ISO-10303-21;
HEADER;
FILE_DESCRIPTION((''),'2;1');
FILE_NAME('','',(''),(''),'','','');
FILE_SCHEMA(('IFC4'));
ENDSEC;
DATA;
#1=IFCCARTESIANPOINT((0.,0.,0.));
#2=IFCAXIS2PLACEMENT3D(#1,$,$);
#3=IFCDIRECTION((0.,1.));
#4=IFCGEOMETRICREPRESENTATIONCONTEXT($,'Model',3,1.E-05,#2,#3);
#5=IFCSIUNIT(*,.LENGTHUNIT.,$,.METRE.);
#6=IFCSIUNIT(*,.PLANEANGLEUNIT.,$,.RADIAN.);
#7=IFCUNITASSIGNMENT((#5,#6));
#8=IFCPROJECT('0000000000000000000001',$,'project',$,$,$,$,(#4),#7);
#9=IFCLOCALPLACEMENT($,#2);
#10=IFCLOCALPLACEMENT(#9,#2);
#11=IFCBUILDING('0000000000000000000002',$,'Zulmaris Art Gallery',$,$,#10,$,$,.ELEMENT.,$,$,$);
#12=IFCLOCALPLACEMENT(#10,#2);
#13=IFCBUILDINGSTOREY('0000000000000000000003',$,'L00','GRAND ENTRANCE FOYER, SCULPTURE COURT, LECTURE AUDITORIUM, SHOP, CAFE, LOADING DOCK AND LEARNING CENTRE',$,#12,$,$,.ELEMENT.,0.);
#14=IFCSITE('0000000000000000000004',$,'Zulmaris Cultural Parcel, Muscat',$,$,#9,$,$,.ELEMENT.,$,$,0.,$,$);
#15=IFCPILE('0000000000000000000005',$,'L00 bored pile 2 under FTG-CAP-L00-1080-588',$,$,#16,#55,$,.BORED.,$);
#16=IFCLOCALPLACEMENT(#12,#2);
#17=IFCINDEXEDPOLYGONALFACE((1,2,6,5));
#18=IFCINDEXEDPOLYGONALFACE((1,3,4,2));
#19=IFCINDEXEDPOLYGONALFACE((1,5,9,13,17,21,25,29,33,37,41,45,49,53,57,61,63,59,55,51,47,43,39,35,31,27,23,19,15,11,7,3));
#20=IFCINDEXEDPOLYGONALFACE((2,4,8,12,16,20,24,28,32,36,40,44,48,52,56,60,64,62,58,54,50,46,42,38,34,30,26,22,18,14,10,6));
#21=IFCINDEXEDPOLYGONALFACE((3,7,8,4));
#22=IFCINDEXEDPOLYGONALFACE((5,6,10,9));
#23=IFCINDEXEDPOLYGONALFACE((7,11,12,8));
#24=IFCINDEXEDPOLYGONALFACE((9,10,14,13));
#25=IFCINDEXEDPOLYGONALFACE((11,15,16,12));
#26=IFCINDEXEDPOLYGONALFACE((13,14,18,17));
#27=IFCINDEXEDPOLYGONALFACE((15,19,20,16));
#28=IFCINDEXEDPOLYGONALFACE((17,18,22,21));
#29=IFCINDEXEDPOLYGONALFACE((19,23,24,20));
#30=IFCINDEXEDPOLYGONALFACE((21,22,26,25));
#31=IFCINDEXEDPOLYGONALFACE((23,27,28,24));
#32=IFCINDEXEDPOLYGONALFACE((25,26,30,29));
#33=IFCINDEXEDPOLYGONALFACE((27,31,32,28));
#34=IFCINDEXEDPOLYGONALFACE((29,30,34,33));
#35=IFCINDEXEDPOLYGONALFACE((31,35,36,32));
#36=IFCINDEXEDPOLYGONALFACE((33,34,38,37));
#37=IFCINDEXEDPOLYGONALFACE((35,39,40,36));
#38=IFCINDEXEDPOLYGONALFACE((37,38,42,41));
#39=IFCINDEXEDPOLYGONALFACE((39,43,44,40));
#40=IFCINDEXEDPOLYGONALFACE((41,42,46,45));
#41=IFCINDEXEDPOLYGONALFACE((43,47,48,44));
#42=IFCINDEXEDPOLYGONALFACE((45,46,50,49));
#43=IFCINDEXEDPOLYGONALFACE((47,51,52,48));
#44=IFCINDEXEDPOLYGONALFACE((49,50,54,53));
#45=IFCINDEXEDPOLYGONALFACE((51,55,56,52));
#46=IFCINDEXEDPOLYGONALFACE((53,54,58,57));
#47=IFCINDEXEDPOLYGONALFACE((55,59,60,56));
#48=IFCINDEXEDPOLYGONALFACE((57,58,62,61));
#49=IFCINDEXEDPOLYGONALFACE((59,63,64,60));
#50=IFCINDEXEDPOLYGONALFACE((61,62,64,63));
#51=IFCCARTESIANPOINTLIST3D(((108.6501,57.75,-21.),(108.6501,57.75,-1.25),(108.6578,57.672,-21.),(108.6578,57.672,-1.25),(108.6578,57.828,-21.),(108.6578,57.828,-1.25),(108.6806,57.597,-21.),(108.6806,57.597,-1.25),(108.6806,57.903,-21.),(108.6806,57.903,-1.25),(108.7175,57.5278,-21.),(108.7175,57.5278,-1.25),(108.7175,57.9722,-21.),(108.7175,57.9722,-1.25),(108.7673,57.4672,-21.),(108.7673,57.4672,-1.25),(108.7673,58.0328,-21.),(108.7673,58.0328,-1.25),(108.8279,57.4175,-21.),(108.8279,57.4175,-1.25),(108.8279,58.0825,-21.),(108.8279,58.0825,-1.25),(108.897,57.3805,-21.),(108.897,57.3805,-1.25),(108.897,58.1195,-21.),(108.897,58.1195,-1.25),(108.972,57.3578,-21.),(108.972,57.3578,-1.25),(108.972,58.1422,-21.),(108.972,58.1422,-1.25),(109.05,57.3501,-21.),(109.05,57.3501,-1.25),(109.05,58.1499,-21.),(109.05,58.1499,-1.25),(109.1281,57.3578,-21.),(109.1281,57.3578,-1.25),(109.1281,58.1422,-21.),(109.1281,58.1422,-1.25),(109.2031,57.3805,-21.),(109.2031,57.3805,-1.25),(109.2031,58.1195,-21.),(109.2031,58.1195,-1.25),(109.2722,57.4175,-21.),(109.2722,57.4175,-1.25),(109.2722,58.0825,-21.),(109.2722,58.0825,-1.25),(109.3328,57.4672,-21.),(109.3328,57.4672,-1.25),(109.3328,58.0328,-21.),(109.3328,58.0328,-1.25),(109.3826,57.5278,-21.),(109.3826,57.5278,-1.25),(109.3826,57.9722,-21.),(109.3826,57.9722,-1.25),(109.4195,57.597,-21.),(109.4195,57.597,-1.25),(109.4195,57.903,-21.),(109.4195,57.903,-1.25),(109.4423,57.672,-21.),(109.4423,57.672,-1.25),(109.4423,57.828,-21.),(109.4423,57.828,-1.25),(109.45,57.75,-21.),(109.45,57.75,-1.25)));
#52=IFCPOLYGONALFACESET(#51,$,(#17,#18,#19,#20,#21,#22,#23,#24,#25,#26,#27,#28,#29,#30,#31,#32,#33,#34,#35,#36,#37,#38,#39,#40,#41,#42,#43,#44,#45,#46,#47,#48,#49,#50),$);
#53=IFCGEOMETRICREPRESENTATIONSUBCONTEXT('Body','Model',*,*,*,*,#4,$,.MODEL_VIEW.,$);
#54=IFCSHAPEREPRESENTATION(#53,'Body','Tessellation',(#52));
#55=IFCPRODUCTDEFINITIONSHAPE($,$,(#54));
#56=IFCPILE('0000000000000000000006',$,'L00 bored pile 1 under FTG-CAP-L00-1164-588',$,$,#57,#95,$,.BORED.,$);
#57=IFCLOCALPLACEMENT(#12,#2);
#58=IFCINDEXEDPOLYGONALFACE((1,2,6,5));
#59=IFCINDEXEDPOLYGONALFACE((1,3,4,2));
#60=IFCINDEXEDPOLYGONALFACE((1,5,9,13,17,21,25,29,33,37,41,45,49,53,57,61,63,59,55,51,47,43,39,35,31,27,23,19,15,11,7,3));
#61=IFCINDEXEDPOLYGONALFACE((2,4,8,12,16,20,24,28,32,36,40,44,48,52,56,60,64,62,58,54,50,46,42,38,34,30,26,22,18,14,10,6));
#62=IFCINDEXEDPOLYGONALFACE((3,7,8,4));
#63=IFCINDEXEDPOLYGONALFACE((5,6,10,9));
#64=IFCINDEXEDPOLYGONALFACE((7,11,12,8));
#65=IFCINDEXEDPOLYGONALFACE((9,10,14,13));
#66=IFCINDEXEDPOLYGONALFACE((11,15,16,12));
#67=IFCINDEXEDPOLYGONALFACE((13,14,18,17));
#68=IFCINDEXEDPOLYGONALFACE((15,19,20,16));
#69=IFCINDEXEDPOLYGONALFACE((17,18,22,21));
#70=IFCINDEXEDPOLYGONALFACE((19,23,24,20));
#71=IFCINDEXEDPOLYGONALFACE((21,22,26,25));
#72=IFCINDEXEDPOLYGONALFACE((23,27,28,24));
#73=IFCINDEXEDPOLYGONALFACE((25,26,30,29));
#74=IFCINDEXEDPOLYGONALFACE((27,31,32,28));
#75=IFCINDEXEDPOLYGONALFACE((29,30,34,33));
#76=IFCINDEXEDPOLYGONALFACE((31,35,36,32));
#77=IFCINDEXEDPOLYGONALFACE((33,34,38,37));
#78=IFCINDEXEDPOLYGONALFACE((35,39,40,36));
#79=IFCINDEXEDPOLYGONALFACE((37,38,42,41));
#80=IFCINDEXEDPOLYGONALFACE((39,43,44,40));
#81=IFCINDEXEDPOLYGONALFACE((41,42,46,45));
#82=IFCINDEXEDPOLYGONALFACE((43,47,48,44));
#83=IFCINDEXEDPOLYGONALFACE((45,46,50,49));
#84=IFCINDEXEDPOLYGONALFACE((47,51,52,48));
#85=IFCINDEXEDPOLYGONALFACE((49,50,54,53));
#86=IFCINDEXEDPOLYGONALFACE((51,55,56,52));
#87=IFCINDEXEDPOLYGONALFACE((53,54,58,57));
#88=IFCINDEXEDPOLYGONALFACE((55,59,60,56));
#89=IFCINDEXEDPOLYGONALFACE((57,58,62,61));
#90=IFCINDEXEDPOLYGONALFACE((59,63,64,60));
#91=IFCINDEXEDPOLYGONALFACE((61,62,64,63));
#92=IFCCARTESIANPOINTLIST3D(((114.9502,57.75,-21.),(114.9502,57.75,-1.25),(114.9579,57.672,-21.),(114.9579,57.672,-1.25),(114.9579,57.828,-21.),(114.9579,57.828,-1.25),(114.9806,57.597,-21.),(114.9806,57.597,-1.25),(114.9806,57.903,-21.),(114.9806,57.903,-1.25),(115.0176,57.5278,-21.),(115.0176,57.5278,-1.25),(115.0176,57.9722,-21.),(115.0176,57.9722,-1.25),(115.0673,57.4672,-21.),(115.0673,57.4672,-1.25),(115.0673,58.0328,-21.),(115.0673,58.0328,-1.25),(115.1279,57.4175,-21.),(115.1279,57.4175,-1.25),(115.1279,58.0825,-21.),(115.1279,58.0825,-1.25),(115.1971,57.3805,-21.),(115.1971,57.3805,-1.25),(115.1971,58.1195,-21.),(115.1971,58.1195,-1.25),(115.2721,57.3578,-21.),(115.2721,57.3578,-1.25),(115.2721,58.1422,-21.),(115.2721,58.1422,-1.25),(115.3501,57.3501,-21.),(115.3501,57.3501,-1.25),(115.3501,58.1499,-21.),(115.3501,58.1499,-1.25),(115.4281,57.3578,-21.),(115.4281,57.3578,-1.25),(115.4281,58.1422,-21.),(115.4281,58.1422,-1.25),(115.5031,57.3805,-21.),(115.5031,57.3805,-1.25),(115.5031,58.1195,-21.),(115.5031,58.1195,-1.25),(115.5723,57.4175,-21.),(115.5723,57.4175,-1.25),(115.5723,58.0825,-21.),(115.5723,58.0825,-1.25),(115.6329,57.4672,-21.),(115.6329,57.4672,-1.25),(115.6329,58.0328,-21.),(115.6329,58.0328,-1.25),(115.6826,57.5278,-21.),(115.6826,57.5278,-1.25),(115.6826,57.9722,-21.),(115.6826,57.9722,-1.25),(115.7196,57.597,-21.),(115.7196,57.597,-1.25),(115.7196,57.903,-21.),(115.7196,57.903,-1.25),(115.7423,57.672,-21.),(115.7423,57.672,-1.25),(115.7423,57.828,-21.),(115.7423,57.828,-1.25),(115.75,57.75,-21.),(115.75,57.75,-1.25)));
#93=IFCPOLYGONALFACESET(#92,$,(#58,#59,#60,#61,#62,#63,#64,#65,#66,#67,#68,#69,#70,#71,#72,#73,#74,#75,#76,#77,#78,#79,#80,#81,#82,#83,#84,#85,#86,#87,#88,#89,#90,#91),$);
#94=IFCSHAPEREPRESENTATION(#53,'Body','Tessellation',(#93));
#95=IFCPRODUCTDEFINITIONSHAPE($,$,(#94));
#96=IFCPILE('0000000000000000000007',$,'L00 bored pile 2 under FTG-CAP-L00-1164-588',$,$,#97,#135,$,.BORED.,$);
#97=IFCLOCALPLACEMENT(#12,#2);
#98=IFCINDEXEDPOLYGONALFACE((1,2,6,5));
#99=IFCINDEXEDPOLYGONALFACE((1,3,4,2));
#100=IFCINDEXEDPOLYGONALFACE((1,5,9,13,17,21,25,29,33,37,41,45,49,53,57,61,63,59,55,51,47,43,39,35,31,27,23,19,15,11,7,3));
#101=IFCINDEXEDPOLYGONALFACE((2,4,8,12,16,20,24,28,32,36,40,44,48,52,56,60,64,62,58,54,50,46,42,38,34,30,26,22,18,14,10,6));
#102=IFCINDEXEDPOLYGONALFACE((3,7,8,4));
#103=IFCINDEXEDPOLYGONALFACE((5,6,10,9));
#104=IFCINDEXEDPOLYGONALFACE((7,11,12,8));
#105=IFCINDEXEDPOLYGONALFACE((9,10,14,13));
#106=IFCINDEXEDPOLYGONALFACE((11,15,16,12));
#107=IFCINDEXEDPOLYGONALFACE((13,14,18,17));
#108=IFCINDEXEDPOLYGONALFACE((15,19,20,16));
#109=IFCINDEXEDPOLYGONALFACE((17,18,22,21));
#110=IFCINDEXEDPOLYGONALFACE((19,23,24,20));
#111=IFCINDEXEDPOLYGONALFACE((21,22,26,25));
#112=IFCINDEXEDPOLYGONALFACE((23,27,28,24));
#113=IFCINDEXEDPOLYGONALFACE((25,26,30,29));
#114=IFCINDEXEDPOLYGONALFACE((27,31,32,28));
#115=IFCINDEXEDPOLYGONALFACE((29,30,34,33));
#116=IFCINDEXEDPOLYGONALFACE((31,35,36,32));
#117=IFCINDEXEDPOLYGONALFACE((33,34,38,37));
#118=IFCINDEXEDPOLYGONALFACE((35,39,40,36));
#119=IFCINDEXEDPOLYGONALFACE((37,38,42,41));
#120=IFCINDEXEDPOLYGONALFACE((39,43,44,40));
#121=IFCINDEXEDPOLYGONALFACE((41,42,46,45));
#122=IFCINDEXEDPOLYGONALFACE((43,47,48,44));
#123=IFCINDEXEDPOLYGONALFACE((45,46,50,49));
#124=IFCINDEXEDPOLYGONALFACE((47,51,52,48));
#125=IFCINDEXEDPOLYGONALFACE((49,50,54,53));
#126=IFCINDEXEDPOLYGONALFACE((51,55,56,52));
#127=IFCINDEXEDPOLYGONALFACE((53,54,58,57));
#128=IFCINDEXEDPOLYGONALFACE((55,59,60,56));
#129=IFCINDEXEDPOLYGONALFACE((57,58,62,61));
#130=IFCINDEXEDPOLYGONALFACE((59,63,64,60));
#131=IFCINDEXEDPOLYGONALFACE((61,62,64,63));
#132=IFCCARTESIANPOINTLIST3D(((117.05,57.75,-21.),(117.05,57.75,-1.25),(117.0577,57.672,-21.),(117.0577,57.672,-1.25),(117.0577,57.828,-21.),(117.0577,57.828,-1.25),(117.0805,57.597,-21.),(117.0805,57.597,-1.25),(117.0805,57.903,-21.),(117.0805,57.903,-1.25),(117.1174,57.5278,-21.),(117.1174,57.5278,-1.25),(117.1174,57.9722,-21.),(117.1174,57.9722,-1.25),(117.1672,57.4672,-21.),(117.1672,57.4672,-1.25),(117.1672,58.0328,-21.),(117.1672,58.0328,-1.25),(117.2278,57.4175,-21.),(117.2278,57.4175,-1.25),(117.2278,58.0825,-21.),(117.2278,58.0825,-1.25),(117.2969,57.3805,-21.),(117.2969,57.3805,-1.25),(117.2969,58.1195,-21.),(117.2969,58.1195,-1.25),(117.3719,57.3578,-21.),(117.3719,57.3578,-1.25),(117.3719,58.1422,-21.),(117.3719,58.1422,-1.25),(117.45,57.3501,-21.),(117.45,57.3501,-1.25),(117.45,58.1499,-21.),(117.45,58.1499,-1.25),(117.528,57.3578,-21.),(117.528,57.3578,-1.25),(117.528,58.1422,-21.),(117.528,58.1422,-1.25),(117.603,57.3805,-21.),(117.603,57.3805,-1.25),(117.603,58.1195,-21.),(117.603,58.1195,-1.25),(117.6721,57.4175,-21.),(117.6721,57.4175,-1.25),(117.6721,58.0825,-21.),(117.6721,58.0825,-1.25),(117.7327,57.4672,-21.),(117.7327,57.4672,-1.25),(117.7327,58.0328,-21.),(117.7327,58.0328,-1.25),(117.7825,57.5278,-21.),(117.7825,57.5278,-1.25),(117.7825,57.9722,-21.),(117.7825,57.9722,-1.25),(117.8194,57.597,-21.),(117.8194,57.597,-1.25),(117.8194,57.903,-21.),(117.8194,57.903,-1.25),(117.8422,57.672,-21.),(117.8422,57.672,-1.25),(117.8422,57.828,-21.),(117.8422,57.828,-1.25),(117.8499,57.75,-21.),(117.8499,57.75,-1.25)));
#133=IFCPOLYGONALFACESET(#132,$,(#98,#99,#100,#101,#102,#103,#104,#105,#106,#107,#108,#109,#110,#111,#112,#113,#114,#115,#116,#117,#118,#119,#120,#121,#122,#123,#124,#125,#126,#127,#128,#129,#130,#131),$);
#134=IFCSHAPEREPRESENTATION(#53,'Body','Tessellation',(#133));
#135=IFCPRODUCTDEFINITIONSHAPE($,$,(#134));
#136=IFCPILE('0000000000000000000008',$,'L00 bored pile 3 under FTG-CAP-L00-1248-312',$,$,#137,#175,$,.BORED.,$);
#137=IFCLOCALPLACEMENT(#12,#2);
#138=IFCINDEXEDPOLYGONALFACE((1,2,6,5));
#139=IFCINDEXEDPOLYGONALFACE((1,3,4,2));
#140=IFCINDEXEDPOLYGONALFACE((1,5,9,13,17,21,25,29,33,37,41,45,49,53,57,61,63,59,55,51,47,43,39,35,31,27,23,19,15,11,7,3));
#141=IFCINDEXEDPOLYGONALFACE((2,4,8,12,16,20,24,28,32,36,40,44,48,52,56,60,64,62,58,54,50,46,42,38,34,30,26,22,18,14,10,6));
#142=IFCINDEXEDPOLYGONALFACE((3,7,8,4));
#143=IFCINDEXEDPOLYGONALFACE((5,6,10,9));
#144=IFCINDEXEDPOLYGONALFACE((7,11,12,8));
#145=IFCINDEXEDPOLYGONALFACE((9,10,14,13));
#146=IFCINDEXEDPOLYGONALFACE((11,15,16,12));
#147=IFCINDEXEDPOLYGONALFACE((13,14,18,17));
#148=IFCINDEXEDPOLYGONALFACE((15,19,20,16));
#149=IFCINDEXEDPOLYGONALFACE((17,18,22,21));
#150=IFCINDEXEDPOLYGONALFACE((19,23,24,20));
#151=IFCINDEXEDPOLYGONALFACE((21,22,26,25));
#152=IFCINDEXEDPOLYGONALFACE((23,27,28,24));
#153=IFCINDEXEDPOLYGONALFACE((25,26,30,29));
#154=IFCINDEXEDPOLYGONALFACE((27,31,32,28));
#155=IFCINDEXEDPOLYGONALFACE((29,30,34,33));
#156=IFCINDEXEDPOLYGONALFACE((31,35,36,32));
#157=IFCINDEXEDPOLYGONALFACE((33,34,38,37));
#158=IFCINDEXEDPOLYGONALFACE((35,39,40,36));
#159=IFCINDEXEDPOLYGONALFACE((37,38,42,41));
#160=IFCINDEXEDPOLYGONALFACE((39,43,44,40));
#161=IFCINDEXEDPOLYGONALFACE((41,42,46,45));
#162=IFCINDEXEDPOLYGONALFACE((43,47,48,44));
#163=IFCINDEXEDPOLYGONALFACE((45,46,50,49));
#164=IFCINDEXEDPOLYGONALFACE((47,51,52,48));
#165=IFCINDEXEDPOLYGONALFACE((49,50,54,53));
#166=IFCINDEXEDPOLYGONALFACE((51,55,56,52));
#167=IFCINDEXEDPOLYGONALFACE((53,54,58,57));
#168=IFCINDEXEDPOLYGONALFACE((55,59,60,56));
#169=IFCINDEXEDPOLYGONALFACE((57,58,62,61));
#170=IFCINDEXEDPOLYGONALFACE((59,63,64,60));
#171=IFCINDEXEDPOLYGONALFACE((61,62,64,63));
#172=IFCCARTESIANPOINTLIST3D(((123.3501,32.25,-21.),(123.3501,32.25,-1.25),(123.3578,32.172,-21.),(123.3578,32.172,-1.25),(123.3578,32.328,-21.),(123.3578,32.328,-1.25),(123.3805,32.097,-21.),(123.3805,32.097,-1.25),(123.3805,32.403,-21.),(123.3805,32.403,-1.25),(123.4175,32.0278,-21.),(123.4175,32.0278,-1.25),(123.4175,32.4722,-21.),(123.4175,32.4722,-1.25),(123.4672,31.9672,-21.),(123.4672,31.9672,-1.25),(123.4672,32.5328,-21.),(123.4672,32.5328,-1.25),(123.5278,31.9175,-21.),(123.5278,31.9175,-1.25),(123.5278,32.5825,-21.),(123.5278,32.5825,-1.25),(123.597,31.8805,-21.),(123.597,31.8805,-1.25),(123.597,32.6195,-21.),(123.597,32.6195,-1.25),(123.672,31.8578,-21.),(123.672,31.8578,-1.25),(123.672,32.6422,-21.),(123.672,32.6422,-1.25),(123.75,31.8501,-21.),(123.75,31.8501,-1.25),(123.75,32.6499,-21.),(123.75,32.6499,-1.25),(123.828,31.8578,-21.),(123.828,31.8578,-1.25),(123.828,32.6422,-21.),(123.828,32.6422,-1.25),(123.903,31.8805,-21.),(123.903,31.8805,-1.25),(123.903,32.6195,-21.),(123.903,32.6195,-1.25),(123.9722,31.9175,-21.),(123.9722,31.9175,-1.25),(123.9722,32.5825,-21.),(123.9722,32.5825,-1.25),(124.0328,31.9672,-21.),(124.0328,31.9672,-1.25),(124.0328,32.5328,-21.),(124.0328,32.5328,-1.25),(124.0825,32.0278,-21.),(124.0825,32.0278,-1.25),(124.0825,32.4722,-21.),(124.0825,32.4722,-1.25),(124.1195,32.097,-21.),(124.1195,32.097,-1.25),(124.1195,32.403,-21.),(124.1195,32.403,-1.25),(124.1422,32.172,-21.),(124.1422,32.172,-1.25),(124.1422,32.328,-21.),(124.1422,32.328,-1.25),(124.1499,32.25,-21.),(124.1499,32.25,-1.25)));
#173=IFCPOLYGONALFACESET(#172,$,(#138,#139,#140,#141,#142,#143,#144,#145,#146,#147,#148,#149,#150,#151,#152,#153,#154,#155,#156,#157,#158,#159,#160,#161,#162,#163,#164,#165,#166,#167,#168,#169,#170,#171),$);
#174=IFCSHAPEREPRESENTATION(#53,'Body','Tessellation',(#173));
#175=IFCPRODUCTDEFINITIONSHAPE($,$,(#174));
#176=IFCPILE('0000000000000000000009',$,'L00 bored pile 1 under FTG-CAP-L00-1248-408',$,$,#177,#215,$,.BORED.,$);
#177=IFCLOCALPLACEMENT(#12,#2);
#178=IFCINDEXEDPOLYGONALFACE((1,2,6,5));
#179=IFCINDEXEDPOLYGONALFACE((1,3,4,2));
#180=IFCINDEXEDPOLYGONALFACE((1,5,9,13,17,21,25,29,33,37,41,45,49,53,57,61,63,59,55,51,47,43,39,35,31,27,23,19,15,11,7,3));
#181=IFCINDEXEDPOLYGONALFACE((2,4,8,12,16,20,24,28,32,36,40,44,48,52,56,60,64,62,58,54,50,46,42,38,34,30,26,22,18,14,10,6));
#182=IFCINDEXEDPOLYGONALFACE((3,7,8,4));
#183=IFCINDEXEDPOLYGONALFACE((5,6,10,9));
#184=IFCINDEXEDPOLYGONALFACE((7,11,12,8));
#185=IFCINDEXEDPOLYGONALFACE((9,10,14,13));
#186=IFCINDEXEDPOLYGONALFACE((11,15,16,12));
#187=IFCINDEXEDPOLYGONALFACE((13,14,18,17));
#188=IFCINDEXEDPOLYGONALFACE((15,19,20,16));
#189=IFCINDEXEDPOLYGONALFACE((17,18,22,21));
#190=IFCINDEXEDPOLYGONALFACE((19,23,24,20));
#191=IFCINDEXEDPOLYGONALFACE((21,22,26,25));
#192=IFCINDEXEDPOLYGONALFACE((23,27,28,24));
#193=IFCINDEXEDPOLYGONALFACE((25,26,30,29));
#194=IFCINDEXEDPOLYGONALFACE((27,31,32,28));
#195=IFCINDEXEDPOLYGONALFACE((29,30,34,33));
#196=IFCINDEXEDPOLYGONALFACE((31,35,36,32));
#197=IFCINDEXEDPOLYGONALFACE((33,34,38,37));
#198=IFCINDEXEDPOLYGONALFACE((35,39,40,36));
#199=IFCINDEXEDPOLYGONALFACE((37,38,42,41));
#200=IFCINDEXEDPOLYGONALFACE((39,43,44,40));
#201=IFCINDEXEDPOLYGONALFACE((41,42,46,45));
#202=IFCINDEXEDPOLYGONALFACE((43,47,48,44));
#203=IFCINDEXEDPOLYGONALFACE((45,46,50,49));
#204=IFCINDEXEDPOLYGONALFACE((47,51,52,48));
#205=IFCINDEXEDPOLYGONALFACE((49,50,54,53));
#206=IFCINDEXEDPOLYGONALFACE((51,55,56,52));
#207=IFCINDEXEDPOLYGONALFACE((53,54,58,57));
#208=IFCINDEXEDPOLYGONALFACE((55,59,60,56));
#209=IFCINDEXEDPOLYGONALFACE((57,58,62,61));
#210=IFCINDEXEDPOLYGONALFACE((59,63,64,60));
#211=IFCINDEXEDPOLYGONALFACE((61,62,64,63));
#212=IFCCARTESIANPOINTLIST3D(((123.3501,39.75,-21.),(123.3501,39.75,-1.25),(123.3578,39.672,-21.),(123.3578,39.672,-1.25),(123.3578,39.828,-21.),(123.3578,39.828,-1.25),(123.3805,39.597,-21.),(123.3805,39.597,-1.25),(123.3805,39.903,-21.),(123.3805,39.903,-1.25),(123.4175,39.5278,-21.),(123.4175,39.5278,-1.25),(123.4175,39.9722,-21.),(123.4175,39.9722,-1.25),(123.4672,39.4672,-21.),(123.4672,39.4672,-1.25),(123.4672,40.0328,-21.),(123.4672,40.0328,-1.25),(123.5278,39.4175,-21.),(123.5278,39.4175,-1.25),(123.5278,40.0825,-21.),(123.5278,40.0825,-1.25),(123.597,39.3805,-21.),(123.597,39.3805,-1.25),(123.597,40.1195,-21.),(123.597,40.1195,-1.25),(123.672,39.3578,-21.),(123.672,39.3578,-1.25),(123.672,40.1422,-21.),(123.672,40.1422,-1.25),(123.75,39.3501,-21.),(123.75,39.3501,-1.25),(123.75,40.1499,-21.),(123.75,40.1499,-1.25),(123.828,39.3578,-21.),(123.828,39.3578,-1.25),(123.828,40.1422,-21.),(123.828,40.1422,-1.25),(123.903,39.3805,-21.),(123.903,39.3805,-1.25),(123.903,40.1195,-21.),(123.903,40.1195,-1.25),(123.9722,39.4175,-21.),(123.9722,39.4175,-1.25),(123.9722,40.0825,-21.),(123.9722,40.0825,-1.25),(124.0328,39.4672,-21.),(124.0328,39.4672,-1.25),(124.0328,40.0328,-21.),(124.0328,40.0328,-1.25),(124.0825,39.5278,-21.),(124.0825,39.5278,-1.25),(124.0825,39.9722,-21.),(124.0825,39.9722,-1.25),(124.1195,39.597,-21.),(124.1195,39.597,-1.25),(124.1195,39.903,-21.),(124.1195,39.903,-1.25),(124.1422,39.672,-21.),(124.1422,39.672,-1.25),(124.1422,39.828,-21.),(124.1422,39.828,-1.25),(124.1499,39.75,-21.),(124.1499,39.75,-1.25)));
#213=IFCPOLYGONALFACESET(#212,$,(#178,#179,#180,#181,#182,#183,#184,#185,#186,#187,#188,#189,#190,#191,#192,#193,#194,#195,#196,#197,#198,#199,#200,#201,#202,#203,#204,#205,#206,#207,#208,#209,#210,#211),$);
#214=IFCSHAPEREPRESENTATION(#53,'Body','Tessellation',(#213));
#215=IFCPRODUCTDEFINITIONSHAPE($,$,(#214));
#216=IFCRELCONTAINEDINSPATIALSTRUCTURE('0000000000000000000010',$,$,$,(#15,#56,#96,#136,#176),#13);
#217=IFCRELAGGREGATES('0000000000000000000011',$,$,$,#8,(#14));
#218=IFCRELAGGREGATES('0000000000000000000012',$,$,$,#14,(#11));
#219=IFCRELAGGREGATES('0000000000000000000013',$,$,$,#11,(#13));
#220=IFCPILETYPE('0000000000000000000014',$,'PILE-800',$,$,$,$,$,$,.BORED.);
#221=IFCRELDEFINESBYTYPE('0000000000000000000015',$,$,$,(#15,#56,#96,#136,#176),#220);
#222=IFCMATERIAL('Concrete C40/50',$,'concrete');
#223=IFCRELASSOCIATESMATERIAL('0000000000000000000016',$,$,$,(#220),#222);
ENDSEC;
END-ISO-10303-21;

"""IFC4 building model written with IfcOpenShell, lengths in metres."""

from ifc_helpers import new_model, si_unit, direction, frame, origin, origin_2d, place, context, subcontext, project, spatial, circle, extrude, material, material_profile, profile_set, type_object, element, save


model = new_model("IFC4")

# Units and contexts
model_context = context("Model", 3, precision=1e-05, world=origin(), true_north=direction((0.0, 1.0)))
body_context = subcontext(model_context, "Body", "Model", "MODEL_VIEW")
ifc_project = project(units=[si_unit("LENGTHUNIT", "METRE"), si_unit("PLANEANGLEUNIT", "RADIAN")], contexts=[model_context])

# Site, building, storey
site_placement = place(None, origin())
site = spatial("IfcSite", under=ifc_project, at=site_placement, Name="Zulmaris Cultural Parcel, Muscat", CompositionType="ELEMENT", RefElevation=0.0)
building_placement = place(site_placement, origin())
building = spatial("IfcBuilding", under=site, at=building_placement, Name="Zulmaris Art Gallery", CompositionType="ELEMENT")
storey_placement = place(building_placement, origin())
storey = spatial("IfcBuildingStorey", under=building, at=storey_placement, Name="L00", Description="GRAND ENTRANCE FOYER, SCULPTURE COURT, LECTURE AUDITORIUM, SHOP, CAFE, LOADING DOCK AND LEARNING CENTRE", CompositionType="ELEMENT", Elevation=0.0)

# Piles
ifc_material_1 = material(Name="Concrete C40/50", Category="concrete")
ifc_material_profile_1 = material_profile(ifc_material_1, circle(Radius=0.3999, at=origin_2d()), Name="PILE DIA 800")
ifc_profile_set_1 = profile_set([ifc_material_profile_1], Name="Concrete C40/50")
pile_type = type_object("IfcPileType", Name="PILE-800", PredefinedType="BORED", material=ifc_profile_set_1)
for number, where, z_axis, x_axis, name in (
    (1, (109.05, 57.75, -1.25), (0.0, 0.0, -1.0), (1.0, 0.0, 0.0), "L00 bored pile 2 under FTG-CAP-L00-1080-588"),
    (2, (115.3501, 57.75, -1.25), (0.0, 0.0, -1.0), (1.0, 0.0, 0.0), "L00 bored pile 1 under FTG-CAP-L00-1164-588"),
    (3, (117.45, 57.75, -1.25), (0.0, 0.0, -1.0), (1.0, 0.0, 0.0), "L00 bored pile 2 under FTG-CAP-L00-1164-588"),
    (4, (123.75, 32.25, -1.25), (0.0, 0.0, -1.0), (1.0, 0.0, 0.0), "L00 bored pile 3 under FTG-CAP-L00-1248-312"),
    (5, (123.75, 39.75, -1.25), (0.0, 0.0, -1.0), (1.0, 0.0, 0.0), "L00 bored pile 1 under FTG-CAP-L00-1248-408"),
):
    element("IfcPile", number, at=place(storey_placement, frame(where, z_axis=z_axis, x_axis=x_axis)), inside=storey, type_object=pile_type, Name=name, PredefinedType="BORED", context=body_context, shape_type="SweptSolid", body=[
        extrude(circle(Radius=0.3999, at=origin_2d()), origin(), (0.0, 0.0, 1.0), 19.75),
    ])

save(model, "model.ifc")
